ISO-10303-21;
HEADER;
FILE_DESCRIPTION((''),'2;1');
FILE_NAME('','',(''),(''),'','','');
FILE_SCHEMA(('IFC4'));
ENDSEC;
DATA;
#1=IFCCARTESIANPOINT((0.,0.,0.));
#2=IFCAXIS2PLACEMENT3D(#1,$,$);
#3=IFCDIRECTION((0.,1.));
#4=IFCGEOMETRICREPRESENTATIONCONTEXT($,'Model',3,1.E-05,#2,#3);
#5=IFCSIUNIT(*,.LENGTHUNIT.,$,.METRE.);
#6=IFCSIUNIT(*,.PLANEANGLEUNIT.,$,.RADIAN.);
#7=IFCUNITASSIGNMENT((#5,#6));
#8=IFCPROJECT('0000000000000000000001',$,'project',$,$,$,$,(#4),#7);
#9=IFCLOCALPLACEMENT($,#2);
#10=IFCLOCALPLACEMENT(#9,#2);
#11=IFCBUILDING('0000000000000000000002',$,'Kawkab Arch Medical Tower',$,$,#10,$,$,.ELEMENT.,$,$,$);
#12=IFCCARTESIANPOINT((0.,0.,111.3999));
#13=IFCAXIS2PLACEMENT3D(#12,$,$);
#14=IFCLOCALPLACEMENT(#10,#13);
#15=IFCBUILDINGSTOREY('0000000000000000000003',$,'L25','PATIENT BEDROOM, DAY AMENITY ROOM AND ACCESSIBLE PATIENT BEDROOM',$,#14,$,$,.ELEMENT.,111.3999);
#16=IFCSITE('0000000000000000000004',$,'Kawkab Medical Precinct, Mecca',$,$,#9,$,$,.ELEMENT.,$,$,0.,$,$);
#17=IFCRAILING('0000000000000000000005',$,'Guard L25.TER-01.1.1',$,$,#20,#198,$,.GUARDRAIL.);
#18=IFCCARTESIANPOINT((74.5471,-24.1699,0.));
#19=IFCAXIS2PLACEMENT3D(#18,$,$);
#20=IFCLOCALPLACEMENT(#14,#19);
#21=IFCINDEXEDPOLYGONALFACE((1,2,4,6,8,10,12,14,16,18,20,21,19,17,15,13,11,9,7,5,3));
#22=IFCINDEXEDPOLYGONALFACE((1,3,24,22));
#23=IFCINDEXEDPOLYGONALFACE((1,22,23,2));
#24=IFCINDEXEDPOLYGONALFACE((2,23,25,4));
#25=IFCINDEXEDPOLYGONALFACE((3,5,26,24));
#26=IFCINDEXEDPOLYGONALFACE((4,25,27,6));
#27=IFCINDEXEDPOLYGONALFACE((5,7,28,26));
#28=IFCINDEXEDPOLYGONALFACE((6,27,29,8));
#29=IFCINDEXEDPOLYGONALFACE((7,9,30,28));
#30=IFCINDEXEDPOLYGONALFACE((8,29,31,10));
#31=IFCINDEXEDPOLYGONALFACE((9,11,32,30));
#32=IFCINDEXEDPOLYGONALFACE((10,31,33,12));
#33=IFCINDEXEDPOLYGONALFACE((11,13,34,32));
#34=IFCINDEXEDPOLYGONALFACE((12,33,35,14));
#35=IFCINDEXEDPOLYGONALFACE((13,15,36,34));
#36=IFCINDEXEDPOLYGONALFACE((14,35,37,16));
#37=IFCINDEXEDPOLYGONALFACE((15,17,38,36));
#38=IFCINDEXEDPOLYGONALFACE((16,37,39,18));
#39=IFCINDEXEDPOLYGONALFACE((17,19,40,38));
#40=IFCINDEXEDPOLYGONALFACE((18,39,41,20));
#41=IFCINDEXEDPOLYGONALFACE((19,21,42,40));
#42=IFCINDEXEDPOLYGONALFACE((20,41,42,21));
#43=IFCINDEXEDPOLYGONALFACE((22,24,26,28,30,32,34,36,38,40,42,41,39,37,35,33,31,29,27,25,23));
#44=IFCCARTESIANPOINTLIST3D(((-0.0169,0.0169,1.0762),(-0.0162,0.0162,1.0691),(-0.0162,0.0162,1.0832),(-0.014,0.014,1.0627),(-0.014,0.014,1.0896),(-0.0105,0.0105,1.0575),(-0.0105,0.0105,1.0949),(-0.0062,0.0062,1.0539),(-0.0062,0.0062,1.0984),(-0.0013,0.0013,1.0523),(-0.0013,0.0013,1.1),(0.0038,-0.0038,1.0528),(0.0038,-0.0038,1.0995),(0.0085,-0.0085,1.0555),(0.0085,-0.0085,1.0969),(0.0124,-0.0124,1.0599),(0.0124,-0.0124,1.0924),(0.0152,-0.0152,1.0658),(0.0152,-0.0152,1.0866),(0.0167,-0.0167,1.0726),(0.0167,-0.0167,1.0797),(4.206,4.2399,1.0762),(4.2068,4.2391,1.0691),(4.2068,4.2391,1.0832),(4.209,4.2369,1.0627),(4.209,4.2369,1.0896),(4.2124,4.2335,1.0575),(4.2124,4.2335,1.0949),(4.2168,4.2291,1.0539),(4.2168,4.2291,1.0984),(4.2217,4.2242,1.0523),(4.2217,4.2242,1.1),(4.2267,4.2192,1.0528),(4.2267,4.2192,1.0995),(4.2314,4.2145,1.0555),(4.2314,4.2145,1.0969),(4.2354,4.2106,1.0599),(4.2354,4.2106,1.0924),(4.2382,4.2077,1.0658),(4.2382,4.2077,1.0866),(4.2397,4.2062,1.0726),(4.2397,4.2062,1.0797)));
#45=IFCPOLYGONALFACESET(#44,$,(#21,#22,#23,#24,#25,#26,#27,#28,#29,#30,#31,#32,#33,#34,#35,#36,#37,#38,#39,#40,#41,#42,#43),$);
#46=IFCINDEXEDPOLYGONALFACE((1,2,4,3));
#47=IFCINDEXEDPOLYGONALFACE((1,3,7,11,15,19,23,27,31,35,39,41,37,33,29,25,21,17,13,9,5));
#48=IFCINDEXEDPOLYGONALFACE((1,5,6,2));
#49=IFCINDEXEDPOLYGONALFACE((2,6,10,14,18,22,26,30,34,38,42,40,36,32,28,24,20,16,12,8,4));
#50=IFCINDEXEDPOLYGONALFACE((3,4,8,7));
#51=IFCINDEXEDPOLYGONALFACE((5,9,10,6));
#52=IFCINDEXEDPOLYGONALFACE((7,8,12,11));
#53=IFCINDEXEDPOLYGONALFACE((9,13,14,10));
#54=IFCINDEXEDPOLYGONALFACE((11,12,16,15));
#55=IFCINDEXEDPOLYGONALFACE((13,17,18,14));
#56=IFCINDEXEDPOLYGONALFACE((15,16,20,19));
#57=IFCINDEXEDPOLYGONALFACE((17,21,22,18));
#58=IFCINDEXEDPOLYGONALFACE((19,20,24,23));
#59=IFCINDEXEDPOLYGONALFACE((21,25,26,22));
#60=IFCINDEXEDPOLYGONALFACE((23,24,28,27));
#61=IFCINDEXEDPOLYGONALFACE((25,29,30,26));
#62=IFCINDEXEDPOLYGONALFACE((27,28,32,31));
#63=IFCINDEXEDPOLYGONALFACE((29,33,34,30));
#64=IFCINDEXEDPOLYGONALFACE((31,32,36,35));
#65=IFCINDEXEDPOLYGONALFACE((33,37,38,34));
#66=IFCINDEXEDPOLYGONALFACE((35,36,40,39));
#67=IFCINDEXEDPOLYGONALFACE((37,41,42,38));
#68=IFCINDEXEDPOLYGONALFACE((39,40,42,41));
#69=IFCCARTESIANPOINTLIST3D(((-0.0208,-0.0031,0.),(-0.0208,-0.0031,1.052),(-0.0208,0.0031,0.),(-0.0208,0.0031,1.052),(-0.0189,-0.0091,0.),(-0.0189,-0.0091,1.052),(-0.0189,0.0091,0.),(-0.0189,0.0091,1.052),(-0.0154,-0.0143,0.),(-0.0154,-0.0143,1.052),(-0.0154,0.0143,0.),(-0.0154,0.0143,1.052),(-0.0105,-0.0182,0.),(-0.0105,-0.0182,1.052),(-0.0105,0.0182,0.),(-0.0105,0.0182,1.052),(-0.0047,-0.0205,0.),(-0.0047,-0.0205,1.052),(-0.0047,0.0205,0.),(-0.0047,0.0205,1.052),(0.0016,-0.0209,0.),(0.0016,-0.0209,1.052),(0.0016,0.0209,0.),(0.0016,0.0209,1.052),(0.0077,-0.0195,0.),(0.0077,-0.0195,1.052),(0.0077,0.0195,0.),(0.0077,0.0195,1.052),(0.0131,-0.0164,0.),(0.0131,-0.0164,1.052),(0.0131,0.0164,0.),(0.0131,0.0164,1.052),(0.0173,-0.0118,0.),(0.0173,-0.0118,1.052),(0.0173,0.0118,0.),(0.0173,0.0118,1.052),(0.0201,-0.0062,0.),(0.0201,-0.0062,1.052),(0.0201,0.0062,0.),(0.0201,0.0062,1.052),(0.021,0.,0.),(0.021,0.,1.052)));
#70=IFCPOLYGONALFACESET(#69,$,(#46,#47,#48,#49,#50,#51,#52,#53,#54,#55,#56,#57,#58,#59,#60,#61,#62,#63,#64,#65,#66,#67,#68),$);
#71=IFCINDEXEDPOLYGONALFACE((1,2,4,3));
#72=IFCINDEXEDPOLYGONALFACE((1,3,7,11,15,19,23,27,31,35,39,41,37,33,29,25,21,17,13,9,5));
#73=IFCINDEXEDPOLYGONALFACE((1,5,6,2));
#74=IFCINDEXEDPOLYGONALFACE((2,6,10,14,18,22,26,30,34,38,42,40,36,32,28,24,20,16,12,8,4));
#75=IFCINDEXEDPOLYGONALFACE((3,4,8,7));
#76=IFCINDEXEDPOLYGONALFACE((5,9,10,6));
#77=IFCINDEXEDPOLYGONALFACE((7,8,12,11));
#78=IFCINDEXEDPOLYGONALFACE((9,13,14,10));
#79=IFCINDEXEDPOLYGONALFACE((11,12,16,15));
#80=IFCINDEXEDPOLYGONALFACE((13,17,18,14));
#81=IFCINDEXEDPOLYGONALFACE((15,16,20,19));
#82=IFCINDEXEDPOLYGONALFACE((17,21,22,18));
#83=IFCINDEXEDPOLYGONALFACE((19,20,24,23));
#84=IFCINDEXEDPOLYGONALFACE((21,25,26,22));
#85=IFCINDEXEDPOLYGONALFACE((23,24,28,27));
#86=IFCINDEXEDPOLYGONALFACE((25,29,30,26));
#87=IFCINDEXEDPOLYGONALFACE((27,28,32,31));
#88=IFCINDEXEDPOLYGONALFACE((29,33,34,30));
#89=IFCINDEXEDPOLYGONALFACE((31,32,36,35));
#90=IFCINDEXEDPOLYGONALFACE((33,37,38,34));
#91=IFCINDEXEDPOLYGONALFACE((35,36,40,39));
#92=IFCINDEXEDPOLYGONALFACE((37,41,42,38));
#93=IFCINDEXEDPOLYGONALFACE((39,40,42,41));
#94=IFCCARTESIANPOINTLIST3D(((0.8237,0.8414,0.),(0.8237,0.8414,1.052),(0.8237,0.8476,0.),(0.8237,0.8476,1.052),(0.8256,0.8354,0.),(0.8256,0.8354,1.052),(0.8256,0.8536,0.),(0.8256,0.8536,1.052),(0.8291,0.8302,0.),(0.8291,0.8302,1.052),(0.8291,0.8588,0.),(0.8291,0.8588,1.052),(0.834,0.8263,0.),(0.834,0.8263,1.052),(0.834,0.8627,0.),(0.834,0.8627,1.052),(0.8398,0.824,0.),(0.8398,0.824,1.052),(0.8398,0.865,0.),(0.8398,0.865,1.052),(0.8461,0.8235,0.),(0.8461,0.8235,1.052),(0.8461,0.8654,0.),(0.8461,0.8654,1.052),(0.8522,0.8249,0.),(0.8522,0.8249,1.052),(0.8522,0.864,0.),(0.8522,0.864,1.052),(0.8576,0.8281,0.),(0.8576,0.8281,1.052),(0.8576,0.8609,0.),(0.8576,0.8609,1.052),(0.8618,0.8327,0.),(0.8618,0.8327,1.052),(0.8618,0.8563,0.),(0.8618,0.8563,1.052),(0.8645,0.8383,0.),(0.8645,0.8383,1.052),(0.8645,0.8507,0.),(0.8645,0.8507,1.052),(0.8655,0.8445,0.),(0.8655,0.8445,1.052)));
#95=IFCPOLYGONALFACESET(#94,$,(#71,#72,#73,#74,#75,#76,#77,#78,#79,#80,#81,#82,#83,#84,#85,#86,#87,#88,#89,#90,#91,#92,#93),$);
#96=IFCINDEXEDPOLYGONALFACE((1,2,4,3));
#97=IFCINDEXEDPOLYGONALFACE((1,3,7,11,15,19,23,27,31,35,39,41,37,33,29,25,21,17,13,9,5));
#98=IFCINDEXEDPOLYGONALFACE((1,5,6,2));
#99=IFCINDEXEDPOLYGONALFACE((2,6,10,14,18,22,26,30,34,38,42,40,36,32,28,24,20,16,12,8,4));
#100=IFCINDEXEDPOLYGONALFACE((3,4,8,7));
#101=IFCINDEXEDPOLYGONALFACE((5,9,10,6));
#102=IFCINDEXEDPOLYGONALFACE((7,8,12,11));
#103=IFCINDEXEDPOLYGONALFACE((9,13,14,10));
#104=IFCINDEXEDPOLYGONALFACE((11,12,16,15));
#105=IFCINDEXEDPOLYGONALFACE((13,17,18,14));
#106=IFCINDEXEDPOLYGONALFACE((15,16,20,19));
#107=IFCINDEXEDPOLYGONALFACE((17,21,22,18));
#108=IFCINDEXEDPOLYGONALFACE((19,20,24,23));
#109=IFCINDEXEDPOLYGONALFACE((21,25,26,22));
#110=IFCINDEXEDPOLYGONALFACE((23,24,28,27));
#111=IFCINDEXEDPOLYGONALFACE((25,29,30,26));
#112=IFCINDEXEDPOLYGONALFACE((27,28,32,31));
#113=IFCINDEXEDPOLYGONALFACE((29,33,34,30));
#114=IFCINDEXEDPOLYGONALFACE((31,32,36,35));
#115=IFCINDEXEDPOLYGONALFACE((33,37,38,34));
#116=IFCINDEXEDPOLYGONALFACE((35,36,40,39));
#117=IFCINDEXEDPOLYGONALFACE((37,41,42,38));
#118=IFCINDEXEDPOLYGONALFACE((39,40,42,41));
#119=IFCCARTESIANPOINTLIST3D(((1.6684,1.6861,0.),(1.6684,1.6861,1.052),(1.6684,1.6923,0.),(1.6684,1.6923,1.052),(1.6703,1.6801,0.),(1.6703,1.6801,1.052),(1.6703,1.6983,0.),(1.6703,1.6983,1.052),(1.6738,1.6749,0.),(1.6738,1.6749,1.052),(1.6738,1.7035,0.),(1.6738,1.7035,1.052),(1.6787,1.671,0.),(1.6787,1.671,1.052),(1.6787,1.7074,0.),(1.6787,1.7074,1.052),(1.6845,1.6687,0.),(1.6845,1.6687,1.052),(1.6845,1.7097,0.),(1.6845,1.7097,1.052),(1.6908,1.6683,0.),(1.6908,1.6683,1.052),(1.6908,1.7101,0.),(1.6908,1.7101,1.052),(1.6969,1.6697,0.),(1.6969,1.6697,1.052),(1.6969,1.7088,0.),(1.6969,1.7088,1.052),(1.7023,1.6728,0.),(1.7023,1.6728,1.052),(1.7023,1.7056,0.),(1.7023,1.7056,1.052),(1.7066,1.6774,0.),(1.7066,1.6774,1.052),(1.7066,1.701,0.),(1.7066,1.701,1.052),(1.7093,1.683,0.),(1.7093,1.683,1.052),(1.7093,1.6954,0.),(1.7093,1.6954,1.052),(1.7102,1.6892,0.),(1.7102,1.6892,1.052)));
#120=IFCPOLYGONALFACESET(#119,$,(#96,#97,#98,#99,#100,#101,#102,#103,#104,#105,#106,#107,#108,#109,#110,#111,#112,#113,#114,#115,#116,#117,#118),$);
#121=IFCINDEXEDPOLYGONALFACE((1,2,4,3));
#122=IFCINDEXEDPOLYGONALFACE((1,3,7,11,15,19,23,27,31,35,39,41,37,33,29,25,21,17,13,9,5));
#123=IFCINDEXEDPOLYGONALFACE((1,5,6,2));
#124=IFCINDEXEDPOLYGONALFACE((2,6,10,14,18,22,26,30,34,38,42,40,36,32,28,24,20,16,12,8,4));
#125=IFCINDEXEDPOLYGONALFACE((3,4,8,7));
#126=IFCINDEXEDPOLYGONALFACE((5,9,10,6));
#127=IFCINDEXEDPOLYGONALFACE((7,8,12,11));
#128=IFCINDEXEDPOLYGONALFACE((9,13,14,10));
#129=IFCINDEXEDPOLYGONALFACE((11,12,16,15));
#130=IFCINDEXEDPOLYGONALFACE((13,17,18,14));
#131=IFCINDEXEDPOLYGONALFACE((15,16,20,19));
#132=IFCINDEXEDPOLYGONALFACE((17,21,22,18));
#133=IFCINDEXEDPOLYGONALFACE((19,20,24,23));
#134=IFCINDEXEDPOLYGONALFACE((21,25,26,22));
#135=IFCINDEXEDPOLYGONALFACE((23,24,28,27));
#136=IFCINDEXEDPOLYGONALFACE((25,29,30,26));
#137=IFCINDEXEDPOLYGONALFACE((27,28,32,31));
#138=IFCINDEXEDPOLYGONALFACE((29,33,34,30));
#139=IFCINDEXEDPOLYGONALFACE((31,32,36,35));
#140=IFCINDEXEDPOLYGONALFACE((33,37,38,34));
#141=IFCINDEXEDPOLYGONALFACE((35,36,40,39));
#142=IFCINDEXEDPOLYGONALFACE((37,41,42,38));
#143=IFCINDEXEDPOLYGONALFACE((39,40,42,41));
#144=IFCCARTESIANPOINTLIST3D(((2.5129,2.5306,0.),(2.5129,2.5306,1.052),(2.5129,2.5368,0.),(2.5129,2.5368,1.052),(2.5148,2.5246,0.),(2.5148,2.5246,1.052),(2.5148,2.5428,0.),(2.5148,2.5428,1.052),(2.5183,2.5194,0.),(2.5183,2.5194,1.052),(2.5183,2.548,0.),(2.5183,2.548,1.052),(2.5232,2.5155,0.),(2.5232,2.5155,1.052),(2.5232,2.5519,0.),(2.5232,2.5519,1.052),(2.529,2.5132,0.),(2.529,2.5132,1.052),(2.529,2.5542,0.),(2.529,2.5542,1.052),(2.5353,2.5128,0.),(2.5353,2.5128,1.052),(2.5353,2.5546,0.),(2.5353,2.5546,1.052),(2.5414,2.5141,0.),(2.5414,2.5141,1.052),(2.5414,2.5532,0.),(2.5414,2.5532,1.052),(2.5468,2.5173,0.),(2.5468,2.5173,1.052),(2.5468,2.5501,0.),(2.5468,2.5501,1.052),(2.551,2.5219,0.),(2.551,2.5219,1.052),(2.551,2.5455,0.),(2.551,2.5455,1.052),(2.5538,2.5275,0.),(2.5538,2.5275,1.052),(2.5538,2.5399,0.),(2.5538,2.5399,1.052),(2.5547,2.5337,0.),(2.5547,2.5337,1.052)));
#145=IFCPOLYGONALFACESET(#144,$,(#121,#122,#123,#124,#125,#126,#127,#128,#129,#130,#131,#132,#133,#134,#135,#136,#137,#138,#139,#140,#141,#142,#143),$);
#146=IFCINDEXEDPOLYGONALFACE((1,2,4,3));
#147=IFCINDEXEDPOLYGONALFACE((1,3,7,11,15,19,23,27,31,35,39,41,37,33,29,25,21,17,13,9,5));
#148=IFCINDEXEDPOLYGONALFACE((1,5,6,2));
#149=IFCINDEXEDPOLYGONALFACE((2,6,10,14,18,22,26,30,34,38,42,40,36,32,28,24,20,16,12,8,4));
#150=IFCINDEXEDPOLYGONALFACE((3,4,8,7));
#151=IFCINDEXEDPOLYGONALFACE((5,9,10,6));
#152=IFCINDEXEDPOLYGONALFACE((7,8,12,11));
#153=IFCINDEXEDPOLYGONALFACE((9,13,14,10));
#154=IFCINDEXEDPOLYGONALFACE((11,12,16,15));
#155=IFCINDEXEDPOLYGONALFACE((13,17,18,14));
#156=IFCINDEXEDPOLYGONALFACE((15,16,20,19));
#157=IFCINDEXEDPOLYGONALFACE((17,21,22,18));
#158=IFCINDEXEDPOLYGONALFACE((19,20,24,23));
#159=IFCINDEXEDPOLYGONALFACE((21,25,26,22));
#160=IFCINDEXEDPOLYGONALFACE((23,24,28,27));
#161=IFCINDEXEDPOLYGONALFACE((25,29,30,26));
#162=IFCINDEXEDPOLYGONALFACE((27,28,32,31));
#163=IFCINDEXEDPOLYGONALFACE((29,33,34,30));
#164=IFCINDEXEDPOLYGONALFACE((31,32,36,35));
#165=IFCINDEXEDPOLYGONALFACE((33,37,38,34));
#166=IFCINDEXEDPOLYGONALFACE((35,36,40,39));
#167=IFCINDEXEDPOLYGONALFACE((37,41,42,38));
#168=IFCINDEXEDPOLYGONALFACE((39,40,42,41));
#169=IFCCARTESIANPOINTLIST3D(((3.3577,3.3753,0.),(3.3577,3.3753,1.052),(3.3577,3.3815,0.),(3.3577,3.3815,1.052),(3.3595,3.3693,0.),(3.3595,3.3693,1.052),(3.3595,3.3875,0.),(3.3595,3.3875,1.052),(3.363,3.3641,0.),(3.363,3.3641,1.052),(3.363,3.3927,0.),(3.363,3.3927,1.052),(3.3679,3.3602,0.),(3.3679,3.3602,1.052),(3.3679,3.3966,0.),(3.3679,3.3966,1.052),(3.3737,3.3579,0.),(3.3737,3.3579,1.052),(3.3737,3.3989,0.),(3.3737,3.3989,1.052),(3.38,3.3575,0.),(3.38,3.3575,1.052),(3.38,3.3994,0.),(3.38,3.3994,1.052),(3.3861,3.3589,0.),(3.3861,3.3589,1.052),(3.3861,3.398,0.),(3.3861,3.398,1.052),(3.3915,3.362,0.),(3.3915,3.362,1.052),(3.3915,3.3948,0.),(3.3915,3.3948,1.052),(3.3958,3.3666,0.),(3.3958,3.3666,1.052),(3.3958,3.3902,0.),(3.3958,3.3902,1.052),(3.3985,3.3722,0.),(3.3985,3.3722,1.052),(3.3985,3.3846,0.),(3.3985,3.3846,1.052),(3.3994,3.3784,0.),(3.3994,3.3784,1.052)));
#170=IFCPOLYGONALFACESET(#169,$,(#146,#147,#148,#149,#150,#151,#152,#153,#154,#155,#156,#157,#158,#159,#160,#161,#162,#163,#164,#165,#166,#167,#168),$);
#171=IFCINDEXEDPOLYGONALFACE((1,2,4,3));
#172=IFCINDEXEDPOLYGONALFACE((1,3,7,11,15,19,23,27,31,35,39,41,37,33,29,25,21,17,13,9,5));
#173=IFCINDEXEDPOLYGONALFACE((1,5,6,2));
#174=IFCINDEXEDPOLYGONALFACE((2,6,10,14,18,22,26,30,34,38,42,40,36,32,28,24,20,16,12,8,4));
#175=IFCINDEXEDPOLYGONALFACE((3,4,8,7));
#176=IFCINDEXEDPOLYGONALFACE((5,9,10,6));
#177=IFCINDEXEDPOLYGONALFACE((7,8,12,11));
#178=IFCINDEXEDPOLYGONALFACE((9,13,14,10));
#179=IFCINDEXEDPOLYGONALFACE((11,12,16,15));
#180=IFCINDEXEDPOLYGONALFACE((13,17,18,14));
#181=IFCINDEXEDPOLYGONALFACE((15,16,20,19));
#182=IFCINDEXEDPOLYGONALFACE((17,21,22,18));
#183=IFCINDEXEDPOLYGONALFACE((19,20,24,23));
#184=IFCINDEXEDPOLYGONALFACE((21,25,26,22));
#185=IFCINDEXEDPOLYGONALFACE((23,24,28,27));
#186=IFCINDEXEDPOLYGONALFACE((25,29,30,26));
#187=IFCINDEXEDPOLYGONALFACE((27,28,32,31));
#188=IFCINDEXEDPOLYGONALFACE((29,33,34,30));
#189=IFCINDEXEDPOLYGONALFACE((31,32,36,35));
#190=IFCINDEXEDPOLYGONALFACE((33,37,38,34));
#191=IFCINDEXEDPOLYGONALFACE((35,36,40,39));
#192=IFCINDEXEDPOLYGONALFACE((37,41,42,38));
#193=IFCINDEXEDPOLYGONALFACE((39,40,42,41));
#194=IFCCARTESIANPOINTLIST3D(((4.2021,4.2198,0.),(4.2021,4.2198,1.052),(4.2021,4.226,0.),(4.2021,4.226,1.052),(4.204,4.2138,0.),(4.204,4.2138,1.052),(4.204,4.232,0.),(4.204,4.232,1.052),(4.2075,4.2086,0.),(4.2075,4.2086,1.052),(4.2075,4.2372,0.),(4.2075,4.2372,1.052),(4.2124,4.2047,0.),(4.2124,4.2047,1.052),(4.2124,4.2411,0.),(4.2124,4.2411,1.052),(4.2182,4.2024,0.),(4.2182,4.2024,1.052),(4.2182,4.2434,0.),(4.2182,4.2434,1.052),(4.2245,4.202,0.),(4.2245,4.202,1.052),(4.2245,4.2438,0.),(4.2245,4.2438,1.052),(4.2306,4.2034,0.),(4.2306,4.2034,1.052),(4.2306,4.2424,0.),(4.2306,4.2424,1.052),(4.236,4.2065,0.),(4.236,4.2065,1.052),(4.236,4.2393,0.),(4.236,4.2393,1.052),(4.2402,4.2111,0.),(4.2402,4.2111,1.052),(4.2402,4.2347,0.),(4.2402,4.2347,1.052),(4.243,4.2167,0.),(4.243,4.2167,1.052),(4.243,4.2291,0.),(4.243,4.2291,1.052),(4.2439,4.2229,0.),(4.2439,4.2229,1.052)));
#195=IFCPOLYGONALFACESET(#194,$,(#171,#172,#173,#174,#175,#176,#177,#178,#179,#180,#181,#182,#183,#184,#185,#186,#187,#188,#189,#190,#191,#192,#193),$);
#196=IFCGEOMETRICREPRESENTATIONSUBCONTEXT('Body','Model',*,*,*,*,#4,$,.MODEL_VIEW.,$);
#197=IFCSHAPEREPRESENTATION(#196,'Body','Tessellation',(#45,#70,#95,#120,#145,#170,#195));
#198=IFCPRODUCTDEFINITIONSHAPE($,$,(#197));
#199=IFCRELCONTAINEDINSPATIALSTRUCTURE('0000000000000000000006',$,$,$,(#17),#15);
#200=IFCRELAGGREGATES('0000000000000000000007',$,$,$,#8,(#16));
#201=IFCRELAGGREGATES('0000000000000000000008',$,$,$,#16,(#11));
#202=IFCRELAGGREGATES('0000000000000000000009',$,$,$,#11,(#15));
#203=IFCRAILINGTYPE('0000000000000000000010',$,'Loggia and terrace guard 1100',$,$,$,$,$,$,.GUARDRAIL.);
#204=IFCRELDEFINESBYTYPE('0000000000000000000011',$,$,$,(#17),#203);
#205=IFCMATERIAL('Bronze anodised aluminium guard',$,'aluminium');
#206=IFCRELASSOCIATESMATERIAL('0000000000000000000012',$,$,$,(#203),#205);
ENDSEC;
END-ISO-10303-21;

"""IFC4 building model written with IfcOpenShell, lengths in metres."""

from ifc_helpers import new_model, si_unit, direction, frame, origin, origin_2d, place, context, subcontext, project, spatial, circle, extrude, material, type_object, element, save


model = new_model("IFC4")

# Units and contexts
model_context = context("Model", 3, precision=1e-05, world=origin(), true_north=direction((0.0, 1.0)))
body_context = subcontext(model_context, "Body", "Model", "MODEL_VIEW")
ifc_project = project(units=[si_unit("LENGTHUNIT", "METRE"), si_unit("PLANEANGLEUNIT", "RADIAN")], contexts=[model_context])

# Site, building, storey
site_placement = place(None, origin())
site = spatial("IfcSite", under=ifc_project, at=site_placement, Name="Kawkab Medical Precinct, Mecca", CompositionType="ELEMENT", RefElevation=0.0)
building_placement = place(site_placement, origin())
building = spatial("IfcBuilding", under=site, at=building_placement, Name="Kawkab Arch Medical Tower", CompositionType="ELEMENT")
storey_placement = place(building_placement, frame((0.0, 0.0, 111.3999)))
storey = spatial("IfcBuildingStorey", under=building, at=storey_placement, Name="L25", Description="PATIENT BEDROOM, DAY AMENITY ROOM AND ACCESSIBLE PATIENT BEDROOM", CompositionType="ELEMENT", Elevation=111.3999)

# Railing
ifc_material_1 = material(Name="Bronze anodised aluminium guard", Category="aluminium")
railing_type_1 = type_object("IfcRailingType", Name="Loggia and terrace guard 1100", PredefinedType="GUARDRAIL", material=ifc_material_1)
railing_1_placement = place(storey_placement, frame((74.5471, -24.1699, 0.0)))
element("IfcRailing", 1, at=railing_1_placement, inside=storey, type_object=railing_type_1, Name="Guard L25.TER-01.1.1", PredefinedType="GUARDRAIL", context=body_context, shape_type="SweptSolid", body=[
    extrude(circle(Radius=0.0239, at=origin_2d()), frame((0.0, 0.0, 1.0762), z_axis=(0.707107, 0.707107, 0.0), x_axis=(-0.707107, 0.707107, 0.0)), (0.0, 0.0, 1.0), 5.9722),
    extrude(circle(Radius=0.021, at=origin_2d()), origin(), (0.0, 0.0, 1.0), 1.052),
    extrude(circle(Radius=0.021, at=origin_2d()), frame((0.8445, 0.8445, 0.0)), (0.0, 0.0, 1.0), 1.052),
    extrude(circle(Radius=0.021, at=origin_2d()), frame((1.6892, 1.6892, 0.0)), (0.0, 0.0, 1.0), 1.052),
    extrude(circle(Radius=0.021, at=origin_2d()), frame((2.5337, 2.5337, 0.0)), (0.0, 0.0, 1.0), 1.052),
    extrude(circle(Radius=0.021, at=origin_2d()), frame((3.3784, 3.3784, 0.0)), (0.0, 0.0, 1.0), 1.052),
    extrude(circle(Radius=0.021, at=origin_2d()), frame((4.2229, 4.2229, 0.0)), (0.0, 0.0, 1.0), 1.052),
])

save(model, "model.ifc")
